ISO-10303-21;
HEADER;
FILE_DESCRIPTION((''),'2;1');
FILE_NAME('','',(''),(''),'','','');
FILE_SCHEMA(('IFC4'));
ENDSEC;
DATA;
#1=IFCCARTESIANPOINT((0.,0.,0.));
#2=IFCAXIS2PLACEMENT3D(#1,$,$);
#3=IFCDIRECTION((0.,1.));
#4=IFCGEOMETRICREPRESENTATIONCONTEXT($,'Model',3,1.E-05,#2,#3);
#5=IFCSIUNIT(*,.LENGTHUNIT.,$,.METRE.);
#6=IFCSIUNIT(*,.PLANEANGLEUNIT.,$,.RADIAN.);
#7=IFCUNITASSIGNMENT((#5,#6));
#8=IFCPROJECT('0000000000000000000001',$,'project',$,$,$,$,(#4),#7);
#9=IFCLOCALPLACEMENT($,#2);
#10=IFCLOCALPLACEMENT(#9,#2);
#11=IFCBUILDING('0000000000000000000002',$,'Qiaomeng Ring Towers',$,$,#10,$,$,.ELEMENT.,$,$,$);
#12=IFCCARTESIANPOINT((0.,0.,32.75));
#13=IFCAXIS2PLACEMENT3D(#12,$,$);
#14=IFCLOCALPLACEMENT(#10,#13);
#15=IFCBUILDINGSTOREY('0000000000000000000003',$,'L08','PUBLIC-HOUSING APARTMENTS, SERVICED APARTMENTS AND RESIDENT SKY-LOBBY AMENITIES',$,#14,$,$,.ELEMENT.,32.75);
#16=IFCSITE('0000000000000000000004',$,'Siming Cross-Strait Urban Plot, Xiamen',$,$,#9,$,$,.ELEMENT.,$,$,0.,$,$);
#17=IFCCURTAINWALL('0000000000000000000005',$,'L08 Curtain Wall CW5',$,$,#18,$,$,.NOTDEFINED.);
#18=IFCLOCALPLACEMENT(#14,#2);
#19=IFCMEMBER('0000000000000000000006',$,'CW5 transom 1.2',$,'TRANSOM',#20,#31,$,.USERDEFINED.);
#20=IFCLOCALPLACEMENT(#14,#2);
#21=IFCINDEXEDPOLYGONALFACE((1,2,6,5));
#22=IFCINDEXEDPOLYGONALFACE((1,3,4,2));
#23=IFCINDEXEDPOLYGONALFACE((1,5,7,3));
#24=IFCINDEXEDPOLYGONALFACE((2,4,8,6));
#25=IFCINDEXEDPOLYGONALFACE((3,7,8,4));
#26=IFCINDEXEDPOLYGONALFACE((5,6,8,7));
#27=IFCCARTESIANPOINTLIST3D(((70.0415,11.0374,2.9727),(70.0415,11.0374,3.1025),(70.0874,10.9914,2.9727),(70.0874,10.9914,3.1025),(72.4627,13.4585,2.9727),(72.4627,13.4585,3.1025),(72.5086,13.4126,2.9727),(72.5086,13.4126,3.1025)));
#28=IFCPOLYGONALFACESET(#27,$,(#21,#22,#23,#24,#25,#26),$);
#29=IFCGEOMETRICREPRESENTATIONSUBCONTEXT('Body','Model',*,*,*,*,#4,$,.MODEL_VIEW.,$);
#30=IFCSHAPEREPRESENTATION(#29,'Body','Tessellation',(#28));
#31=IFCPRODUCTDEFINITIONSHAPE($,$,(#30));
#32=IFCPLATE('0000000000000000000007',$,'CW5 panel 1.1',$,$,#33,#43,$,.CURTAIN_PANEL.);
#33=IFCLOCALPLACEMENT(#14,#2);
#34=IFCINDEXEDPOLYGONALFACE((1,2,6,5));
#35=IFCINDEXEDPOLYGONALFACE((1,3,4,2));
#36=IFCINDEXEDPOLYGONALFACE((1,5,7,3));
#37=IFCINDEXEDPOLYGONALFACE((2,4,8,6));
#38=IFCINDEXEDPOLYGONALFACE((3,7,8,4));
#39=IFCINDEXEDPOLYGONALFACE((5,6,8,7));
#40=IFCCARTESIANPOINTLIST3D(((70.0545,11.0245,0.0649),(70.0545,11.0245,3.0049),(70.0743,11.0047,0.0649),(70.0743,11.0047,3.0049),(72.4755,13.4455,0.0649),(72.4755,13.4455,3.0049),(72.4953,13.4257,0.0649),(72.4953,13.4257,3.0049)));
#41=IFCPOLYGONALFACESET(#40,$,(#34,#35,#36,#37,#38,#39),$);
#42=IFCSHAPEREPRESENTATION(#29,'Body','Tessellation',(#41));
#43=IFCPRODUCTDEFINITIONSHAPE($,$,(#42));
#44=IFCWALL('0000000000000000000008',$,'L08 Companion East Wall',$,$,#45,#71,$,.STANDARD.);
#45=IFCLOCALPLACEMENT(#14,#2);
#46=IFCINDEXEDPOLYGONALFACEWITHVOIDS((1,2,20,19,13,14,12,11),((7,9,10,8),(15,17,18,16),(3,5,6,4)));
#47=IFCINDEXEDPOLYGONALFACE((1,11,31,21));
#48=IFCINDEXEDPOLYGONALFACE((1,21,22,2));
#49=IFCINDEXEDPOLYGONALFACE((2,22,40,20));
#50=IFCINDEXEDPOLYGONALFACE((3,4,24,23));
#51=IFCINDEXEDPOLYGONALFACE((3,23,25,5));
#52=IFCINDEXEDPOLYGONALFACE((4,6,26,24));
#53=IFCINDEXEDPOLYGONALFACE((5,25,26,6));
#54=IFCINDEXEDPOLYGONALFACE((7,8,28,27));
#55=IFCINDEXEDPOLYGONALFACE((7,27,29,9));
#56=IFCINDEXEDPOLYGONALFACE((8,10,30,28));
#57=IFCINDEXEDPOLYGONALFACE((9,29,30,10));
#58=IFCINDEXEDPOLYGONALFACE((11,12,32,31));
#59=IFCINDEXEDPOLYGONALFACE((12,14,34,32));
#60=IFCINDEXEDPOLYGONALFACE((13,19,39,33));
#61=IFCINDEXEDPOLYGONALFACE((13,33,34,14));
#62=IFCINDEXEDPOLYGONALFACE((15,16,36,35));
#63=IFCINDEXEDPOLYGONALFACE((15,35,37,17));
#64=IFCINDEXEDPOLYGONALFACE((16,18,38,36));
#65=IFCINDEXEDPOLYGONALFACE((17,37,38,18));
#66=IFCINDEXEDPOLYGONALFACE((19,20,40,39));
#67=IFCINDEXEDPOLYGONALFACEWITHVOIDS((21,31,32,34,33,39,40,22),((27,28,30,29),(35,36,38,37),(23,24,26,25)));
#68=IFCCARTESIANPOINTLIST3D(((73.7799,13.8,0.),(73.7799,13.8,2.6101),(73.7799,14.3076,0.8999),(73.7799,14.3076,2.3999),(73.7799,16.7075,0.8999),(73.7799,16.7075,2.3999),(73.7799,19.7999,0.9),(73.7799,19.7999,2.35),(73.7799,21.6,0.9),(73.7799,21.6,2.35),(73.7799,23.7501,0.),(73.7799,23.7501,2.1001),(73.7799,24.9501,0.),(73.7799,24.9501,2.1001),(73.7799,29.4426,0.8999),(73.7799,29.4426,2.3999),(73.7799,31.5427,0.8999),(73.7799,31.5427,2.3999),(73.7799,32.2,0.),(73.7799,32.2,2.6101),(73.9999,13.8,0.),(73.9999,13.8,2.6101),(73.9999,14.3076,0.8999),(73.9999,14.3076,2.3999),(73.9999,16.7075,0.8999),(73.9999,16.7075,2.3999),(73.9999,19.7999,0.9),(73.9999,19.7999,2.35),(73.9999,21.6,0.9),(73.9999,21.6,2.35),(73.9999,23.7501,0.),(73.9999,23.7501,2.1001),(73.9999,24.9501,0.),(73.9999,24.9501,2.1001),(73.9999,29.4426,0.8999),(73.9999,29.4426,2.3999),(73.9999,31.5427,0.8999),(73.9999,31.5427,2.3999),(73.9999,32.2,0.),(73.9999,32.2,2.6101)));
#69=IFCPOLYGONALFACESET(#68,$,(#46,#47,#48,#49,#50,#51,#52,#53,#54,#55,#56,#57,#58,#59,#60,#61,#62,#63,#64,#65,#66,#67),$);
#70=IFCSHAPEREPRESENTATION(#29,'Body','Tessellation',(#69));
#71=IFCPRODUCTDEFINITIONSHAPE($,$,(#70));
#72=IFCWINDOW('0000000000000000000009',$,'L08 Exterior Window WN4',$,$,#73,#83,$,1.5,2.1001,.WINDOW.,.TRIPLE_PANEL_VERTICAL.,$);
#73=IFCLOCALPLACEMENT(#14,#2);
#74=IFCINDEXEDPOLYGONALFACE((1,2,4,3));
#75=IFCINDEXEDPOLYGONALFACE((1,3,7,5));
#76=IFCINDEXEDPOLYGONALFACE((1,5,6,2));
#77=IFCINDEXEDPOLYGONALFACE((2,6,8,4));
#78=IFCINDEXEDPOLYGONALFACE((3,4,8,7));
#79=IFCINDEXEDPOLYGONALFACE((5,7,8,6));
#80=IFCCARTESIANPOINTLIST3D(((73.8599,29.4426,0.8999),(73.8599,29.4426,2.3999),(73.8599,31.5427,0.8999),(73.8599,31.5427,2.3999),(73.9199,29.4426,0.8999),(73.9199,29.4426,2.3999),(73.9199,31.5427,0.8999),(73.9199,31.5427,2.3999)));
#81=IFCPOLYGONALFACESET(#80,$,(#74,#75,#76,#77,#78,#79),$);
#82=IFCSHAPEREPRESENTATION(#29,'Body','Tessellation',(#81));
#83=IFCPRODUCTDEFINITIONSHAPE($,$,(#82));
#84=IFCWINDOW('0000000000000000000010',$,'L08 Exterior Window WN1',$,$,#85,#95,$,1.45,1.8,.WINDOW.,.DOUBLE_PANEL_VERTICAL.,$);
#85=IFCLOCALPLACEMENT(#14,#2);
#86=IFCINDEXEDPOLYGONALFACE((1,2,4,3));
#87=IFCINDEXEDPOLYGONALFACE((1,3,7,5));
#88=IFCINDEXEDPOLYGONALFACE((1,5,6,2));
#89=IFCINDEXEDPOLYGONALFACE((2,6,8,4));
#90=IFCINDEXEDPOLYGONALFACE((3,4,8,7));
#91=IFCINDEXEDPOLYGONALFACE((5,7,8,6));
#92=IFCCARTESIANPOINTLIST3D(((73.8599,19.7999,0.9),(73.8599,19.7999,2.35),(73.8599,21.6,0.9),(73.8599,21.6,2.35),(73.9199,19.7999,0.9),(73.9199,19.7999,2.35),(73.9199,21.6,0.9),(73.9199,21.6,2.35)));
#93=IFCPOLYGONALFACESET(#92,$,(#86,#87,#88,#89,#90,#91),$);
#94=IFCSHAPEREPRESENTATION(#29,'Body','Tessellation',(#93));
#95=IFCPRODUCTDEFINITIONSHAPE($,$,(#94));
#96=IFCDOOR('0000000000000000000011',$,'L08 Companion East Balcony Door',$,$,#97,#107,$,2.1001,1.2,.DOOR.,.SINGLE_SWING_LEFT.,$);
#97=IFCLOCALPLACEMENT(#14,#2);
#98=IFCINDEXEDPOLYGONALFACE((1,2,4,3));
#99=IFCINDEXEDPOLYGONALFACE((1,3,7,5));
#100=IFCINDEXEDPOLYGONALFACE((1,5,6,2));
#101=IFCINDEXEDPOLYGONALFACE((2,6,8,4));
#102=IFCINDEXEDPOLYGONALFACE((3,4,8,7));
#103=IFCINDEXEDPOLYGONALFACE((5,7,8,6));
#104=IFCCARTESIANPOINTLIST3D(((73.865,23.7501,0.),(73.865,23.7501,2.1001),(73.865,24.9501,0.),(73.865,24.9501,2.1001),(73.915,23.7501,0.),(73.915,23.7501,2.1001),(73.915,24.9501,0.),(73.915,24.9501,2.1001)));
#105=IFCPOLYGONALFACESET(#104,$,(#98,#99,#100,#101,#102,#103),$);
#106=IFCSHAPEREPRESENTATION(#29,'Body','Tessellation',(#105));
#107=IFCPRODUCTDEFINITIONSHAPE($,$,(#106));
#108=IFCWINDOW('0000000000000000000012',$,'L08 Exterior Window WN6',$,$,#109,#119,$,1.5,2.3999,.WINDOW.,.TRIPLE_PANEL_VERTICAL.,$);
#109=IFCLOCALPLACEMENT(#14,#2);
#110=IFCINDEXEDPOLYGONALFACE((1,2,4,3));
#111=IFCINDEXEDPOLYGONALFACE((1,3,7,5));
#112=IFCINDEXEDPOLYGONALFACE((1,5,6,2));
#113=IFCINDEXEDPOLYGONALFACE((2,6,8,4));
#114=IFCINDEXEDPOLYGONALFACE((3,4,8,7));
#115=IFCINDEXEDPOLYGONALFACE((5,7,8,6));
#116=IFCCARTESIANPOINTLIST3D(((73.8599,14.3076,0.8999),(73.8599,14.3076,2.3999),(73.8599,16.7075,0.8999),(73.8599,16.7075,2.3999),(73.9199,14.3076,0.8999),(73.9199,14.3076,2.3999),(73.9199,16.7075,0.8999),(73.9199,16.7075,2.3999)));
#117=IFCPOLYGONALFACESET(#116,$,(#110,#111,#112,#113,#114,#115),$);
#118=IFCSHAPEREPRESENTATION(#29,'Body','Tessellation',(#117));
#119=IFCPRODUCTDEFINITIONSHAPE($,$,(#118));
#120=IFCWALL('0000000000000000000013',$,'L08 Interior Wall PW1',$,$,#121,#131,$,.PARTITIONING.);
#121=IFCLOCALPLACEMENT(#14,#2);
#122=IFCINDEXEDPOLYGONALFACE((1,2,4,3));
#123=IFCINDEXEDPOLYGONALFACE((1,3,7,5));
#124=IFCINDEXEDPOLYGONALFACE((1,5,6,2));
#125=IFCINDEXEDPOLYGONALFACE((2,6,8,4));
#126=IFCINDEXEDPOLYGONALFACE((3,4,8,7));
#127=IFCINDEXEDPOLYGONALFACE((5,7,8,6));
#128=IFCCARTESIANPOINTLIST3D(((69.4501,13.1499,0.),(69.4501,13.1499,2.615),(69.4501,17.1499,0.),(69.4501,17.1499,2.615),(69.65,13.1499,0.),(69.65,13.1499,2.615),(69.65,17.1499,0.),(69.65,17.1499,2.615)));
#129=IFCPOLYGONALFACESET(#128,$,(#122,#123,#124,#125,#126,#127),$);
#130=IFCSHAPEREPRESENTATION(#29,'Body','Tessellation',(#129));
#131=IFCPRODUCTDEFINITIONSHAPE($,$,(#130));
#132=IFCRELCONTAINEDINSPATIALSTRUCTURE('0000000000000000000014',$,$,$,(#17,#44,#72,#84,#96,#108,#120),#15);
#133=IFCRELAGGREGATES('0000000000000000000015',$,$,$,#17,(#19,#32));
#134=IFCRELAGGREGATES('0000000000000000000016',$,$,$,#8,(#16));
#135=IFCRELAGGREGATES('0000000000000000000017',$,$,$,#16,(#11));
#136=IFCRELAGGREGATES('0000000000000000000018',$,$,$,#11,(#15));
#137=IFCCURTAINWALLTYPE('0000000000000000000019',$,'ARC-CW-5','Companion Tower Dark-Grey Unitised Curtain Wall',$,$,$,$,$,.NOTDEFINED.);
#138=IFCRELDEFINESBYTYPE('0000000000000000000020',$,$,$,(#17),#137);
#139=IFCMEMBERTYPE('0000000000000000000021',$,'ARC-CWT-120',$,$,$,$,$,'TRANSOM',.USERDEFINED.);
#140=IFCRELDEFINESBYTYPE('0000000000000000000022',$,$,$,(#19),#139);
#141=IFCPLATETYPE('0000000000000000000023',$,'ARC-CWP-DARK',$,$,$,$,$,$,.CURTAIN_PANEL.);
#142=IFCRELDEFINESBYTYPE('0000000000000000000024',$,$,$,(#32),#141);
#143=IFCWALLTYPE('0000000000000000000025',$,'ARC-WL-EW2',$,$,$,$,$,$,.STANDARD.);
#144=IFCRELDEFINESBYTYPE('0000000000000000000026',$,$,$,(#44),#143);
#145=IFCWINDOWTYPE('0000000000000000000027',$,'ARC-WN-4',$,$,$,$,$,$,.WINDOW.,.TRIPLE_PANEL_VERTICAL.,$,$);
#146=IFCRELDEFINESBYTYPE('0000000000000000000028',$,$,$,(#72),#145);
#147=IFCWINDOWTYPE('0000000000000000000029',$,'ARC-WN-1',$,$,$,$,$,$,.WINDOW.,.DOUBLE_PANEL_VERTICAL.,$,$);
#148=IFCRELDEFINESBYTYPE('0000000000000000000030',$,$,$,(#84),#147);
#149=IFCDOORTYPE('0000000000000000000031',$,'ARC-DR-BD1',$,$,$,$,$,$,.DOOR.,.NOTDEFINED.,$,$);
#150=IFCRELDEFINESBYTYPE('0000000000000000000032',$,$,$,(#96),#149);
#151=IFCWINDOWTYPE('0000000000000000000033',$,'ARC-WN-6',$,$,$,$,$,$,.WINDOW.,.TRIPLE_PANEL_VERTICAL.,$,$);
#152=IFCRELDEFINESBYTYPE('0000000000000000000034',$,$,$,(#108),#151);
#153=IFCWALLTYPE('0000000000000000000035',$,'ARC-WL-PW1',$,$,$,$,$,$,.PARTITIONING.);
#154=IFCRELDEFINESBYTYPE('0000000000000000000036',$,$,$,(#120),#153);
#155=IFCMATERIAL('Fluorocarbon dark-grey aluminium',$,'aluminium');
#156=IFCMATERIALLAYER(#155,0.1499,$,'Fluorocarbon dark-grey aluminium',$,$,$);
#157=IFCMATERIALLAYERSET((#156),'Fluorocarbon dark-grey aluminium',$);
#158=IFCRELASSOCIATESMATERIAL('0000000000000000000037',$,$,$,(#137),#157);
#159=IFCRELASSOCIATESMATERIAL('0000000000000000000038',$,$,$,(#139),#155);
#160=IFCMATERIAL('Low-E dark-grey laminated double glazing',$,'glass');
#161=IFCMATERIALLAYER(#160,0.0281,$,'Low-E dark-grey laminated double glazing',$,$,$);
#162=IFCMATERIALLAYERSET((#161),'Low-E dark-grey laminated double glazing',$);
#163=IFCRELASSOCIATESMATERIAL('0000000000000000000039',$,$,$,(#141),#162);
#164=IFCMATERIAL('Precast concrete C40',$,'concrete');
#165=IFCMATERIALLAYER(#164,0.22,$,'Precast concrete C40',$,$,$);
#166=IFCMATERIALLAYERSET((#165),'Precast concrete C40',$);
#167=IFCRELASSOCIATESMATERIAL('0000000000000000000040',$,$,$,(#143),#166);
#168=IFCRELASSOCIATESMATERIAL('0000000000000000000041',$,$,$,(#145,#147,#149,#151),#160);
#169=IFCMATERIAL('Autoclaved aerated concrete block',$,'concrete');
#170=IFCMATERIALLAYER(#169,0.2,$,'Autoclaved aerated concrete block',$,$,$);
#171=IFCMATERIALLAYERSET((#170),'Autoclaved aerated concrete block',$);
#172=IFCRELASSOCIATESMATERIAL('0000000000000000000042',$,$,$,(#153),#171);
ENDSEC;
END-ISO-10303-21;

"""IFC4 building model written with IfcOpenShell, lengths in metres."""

from ifc_helpers import new_model, si_unit, direction, frame, frame_2d, origin, origin_2d, place, context, subcontext, project, spatial, rectangle, extrude, source, transform, mapped, material, layer, layer_set, material_profile, profile_set, type_object, element, fill, aggregate, save


model = new_model("IFC4")

# Units and contexts
model_context = context("Model", 3, precision=1e-05, world=origin(), true_north=direction((0.0, 1.0)))
body_context = subcontext(model_context, "Body", "Model", "MODEL_VIEW")
ifc_project = project(units=[si_unit("LENGTHUNIT", "METRE"), si_unit("PLANEANGLEUNIT", "RADIAN")], contexts=[model_context])

# Site, building, storey
site_placement = place(None, origin())
site = spatial("IfcSite", under=ifc_project, at=site_placement, Name="Siming Cross-Strait Urban Plot, Xiamen", CompositionType="ELEMENT", RefElevation=0.0)
building_placement = place(site_placement, origin())
building = spatial("IfcBuilding", under=site, at=building_placement, Name="Qiaomeng Ring Towers", CompositionType="ELEMENT")
storey_placement = place(building_placement, frame((0.0, 0.0, 32.75)))
storey = spatial("IfcBuildingStorey", under=building, at=storey_placement, Name="L08", Description="PUBLIC-HOUSING APARTMENTS, SERVICED APARTMENTS AND RESIDENT SKY-LOBBY AMENITIES", CompositionType="ELEMENT", Elevation=32.75)

# Curtain wall
ifc_material_1 = material(Name="Fluorocarbon dark-grey aluminium", Category="aluminium")
ifc_layer_1 = layer(ifc_material_1, 0.1499, Name="Fluorocarbon dark-grey aluminium")
ifc_layer_set_1 = layer_set([ifc_layer_1], Name="Fluorocarbon dark-grey aluminium")
curtain_wall_type = type_object("IfcCurtainWallType", Name="ARC-CW-5", Description="Companion Tower Dark-Grey Unitised Curtain Wall", PredefinedType="NOTDEFINED", material=ifc_layer_set_1)
curtain_wall_1_placement = place(storey_placement, origin())
curtain_wall_1 = element("IfcCurtainWall", 1, at=curtain_wall_1_placement, inside=storey, type_object=curtain_wall_type, Name="L08 Curtain Wall CW5", PredefinedType="NOTDEFINED")

# Member
ifc_material_profile_1 = material_profile(ifc_material_1, rectangle(XDim=0.0649, YDim=0.1299, at=origin_2d()), Name="ALU TRAN 65x130")
ifc_profile_set_1 = profile_set([ifc_material_profile_1], Name="Fluorocarbon dark-grey aluminium")
member_type_1 = type_object("IfcMemberType", Name="ARC-CWT-120", ElementType="TRANSOM", PredefinedType="USERDEFINED", material=ifc_profile_set_1)
shared_shape_1 = source(origin(), body_context, "Body", "SweptSolid", [
    extrude(rectangle(XDim=0.0649, YDim=0.1299, at=origin_2d()), origin(), (0.0, 0.0, 1.0), 3.4241),
])
member_1_placement = place(storey_placement, frame((70.0645, 11.0144, 3.0376), z_axis=(0.707107, 0.707107, 0.0), x_axis=(-0.707107, 0.707107, 0.0)))
member_1 = element("IfcMember", 2, at=member_1_placement, type_object=member_type_1, Name="CW5 transom 1.2", ObjectType="TRANSOM", PredefinedType="USERDEFINED", context=body_context, shape_type="MappedRepresentation", body=[
    mapped(shared_shape_1, transform((0.0, 0.0, 0.0), x_axis=(1.0, 0.0, 0.0), y_axis=(0.0, 1.0, 0.0), z_axis=(0.0, 0.0, 1.0), scale=1.0)),
])

# Plate
ifc_material_2 = material(Name="Low-E dark-grey laminated double glazing", Category="glass")
ifc_layer_2 = layer(ifc_material_2, 0.0281, Name="Low-E dark-grey laminated double glazing")
ifc_layer_set_2 = layer_set([ifc_layer_2], Name="Low-E dark-grey laminated double glazing")
plate_type = type_object("IfcPlateType", Name="ARC-CWP-DARK", PredefinedType="CURTAIN_PANEL", material=ifc_layer_set_2)
shared_shape_2 = source(origin(), body_context, "Body", "SweptSolid", [
    extrude(rectangle(XDim=3.4238, YDim=0.0281, at=origin_2d()), origin(), (0.0, 0.0, 1.0), 2.9399),
])
plate_placement = place(storey_placement, frame((71.2749, 12.2251, 0.0649), z_axis=(0.0, 0.0, 1.0), x_axis=(0.707107, 0.707107, 0.0)))
plate = element("IfcPlate", 3, at=plate_placement, type_object=plate_type, Name="CW5 panel 1.1", PredefinedType="CURTAIN_PANEL", context=body_context, shape_type="MappedRepresentation", body=[
    mapped(shared_shape_2, transform((0.0, 0.0, 0.0), x_axis=(1.0, 0.0, 0.0), y_axis=(0.0, 1.0, 0.0), z_axis=(0.0, 0.0, 1.0), scale=1.0)),
])
aggregate(curtain_wall_1, [member_1, plate])

# Wall, openings, windows, door
ifc_material_3 = material(Name="Precast concrete C40", Category="concrete")
ifc_layer_3 = layer(ifc_material_3, 0.22, Name="Precast concrete C40")
ifc_layer_set_3 = layer_set([ifc_layer_3], Name="Precast concrete C40")
wall_type_1 = type_object("IfcWallType", Name="ARC-WL-EW2", PredefinedType="STANDARD", material=ifc_layer_set_3)
wall_1_placement = place(storey_placement, frame((73.8899, 13.8, 0.0), z_axis=(0.0, 0.0, 1.0), x_axis=(0.0, 1.0, 0.0)))
wall_1 = element("IfcWall", 4, at=wall_1_placement, inside=storey, type_object=wall_type_1, Name="L08 Companion East Wall", PredefinedType="STANDARD", context=body_context, shape_type="SweptSolid", body=[
    extrude(rectangle(XDim=18.3999, YDim=0.22, at=frame_2d((9.2, 0.0))), origin(), (0.0, 0.0, 1.0), 2.6101),
])
opening_1_placement = place(wall_1_placement, frame((9.95, 0.0, 0.0)))
opening_1 = element("IfcOpeningElement", 5, at=opening_1_placement, cuts=wall_1, PredefinedType="OPENING", context=body_context, shape_type="SweptSolid", body=[
    extrude(rectangle(XDim=1.2, YDim=2.1001, at=frame_2d((0.6001, 1.05))), frame((0.0, 0.1199, 0.0), z_axis=(0.0, -1.0, 0.0), x_axis=(1.0, 0.0, 0.0)), (0.0, 0.0, 1.0), 0.24),
])
opening_2_placement = place(wall_1_placement, frame((0.5076, 0.0, 0.8999)))
opening_2 = element("IfcOpeningElement", 6, at=opening_2_placement, cuts=wall_1, PredefinedType="OPENING", context=body_context, shape_type="SweptSolid", body=[
    extrude(rectangle(XDim=2.3999, YDim=1.5, at=frame_2d((1.2, 0.75))), frame((0.0, 0.1199, 0.0), z_axis=(0.0, -1.0, 0.0), x_axis=(1.0, 0.0, 0.0)), (0.0, 0.0, 1.0), 0.24),
])
opening_3_placement = place(wall_1_placement, frame((6.0, 0.0, 0.8999)))
opening_3 = element("IfcOpeningElement", 7, at=opening_3_placement, cuts=wall_1, PredefinedType="OPENING", context=body_context, shape_type="SweptSolid", body=[
    extrude(rectangle(XDim=1.8, YDim=1.45, at=frame_2d((0.8999, 0.7251))), frame((0.0, 0.1199, 0.0), z_axis=(0.0, -1.0, 0.0), x_axis=(1.0, 0.0, 0.0)), (0.0, 0.0, 1.0), 0.24),
])
opening_4_placement = place(wall_1_placement, frame((15.6426, 0.0, 0.8999)))
opening_4 = element("IfcOpeningElement", 8, at=opening_4_placement, cuts=wall_1, PredefinedType="OPENING", context=body_context, shape_type="SweptSolid", body=[
    extrude(rectangle(XDim=2.1001, YDim=1.5, at=frame_2d((1.05, 0.75))), frame((0.0, 0.1199, 0.0), z_axis=(0.0, -1.0, 0.0), x_axis=(1.0, 0.0, 0.0)), (0.0, 0.0, 1.0), 0.24),
])
window_type_1 = type_object("IfcWindowType", Name="ARC-WN-4", PartitioningType="TRIPLE_PANEL_VERTICAL", PredefinedType="WINDOW", material=ifc_material_2)
shared_shape_3 = source(origin(), body_context, "Body", "SweptSolid", [
    extrude(rectangle(XDim=2.1001, YDim=1.5, at=frame_2d((1.05, 0.75))), frame((0.0, 0.03, 0.0), z_axis=(0.0, -1.0, 0.0), x_axis=(1.0, 0.0, 0.0)), (0.0, 0.0, 1.0), 0.0601),
])
window_1_placement = place(opening_4_placement, origin())
window_1 = element("IfcWindow", 9, at=window_1_placement, inside=storey, type_object=window_type_1, Name="L08 Exterior Window WN4", OverallHeight=1.5, OverallWidth=2.1001, PartitioningType="TRIPLE_PANEL_VERTICAL", PredefinedType="WINDOW", context=body_context, shape_type="MappedRepresentation", body=[
    mapped(shared_shape_3, transform((0.0, 0.0, 0.0), x_axis=(1.0, 0.0, 0.0), y_axis=(0.0, 1.0, 0.0), z_axis=(0.0, 0.0, 1.0), scale=1.0)),
])
fill(opening_4, window_1)
window_type_2 = type_object("IfcWindowType", Name="ARC-WN-1", PartitioningType="DOUBLE_PANEL_VERTICAL", PredefinedType="WINDOW", material=ifc_material_2)
shared_shape_4 = source(origin(), body_context, "Body", "SweptSolid", [
    extrude(rectangle(XDim=1.8, YDim=1.45, at=frame_2d((0.8999, 0.7251))), frame((0.0, 0.03, 0.0), z_axis=(0.0, -1.0, 0.0), x_axis=(1.0, 0.0, 0.0)), (0.0, 0.0, 1.0), 0.0601),
])
window_2_placement = place(opening_3_placement, origin())
window_2 = element("IfcWindow", 10, at=window_2_placement, inside=storey, type_object=window_type_2, Name="L08 Exterior Window WN1", OverallHeight=1.45, OverallWidth=1.8, PartitioningType="DOUBLE_PANEL_VERTICAL", PredefinedType="WINDOW", context=body_context, shape_type="MappedRepresentation", body=[
    mapped(shared_shape_4, transform((0.0, 0.0, 0.0), x_axis=(1.0, 0.0, 0.0), y_axis=(0.0, 1.0, 0.0), z_axis=(0.0, 0.0, 1.0), scale=1.0)),
])
fill(opening_3, window_2)
door_type_1 = type_object("IfcDoorType", Name="ARC-DR-BD1", OperationType="NOTDEFINED", PredefinedType="DOOR", material=ifc_material_2)
shared_shape_5 = source(origin(), body_context, "Body", "SweptSolid", [
    extrude(rectangle(XDim=1.2, YDim=2.1001, at=frame_2d((0.6001, 1.05))), frame((0.0, 0.0249, 0.0), z_axis=(0.0, -1.0, 0.0), x_axis=(1.0, 0.0, 0.0)), (0.0, 0.0, 1.0), 0.05),
])
door_1_placement = place(opening_1_placement, origin())
door_1 = element("IfcDoor", 11, at=door_1_placement, inside=storey, type_object=door_type_1, Name="L08 Companion East Balcony Door", OperationType="SINGLE_SWING_LEFT", OverallHeight=2.1001, OverallWidth=1.2, PredefinedType="DOOR", context=body_context, shape_type="MappedRepresentation", body=[
    mapped(shared_shape_5, transform((0.0, 0.0, 0.0), x_axis=(1.0, 0.0, 0.0), y_axis=(0.0, 1.0, 0.0), z_axis=(0.0, 0.0, 1.0), scale=1.0)),
])
fill(opening_1, door_1)
window_type_3 = type_object("IfcWindowType", Name="ARC-WN-6", PartitioningType="TRIPLE_PANEL_VERTICAL", PredefinedType="WINDOW", material=ifc_material_2)
shared_shape_6 = source(origin(), body_context, "Body", "SweptSolid", [
    extrude(rectangle(XDim=2.3999, YDim=1.5, at=frame_2d((1.2, 0.75))), frame((0.0, 0.03, 0.0), z_axis=(0.0, -1.0, 0.0), x_axis=(1.0, 0.0, 0.0)), (0.0, 0.0, 1.0), 0.0601),
])
window_3_placement = place(opening_2_placement, origin())
window_3 = element("IfcWindow", 12, at=window_3_placement, inside=storey, type_object=window_type_3, Name="L08 Exterior Window WN6", OverallHeight=1.5, OverallWidth=2.3999, PartitioningType="TRIPLE_PANEL_VERTICAL", PredefinedType="WINDOW", context=body_context, shape_type="MappedRepresentation", body=[
    mapped(shared_shape_6, transform((0.0, 0.0, 0.0), x_axis=(1.0, 0.0, 0.0), y_axis=(0.0, 1.0, 0.0), z_axis=(0.0, 0.0, 1.0), scale=1.0)),
])
fill(opening_2, window_3)

# Wall
ifc_material_4 = material(Name="Autoclaved aerated concrete block", Category="concrete")
ifc_layer_4 = layer(ifc_material_4, 0.2, Name="Autoclaved aerated concrete block")
ifc_layer_set_4 = layer_set([ifc_layer_4], Name="Autoclaved aerated concrete block")
wall_type_2 = type_object("IfcWallType", Name="ARC-WL-PW1", PredefinedType="PARTITIONING", material=ifc_layer_set_4)
wall_2_placement = place(storey_placement, frame((69.55, 13.1499, 0.0), z_axis=(0.0, 0.0, 1.0), x_axis=(0.0, 1.0, 0.0)))
element("IfcWall", 13, at=wall_2_placement, inside=storey, type_object=wall_type_2, Name="L08 Interior Wall PW1", PredefinedType="PARTITIONING", context=body_context, shape_type="SweptSolid", body=[
    extrude(rectangle(XDim=4.0, YDim=0.2, at=frame_2d((2.0, 0.0))), origin(), (0.0, 0.0, 1.0), 2.615),
])

save(model, "model.ifc")
